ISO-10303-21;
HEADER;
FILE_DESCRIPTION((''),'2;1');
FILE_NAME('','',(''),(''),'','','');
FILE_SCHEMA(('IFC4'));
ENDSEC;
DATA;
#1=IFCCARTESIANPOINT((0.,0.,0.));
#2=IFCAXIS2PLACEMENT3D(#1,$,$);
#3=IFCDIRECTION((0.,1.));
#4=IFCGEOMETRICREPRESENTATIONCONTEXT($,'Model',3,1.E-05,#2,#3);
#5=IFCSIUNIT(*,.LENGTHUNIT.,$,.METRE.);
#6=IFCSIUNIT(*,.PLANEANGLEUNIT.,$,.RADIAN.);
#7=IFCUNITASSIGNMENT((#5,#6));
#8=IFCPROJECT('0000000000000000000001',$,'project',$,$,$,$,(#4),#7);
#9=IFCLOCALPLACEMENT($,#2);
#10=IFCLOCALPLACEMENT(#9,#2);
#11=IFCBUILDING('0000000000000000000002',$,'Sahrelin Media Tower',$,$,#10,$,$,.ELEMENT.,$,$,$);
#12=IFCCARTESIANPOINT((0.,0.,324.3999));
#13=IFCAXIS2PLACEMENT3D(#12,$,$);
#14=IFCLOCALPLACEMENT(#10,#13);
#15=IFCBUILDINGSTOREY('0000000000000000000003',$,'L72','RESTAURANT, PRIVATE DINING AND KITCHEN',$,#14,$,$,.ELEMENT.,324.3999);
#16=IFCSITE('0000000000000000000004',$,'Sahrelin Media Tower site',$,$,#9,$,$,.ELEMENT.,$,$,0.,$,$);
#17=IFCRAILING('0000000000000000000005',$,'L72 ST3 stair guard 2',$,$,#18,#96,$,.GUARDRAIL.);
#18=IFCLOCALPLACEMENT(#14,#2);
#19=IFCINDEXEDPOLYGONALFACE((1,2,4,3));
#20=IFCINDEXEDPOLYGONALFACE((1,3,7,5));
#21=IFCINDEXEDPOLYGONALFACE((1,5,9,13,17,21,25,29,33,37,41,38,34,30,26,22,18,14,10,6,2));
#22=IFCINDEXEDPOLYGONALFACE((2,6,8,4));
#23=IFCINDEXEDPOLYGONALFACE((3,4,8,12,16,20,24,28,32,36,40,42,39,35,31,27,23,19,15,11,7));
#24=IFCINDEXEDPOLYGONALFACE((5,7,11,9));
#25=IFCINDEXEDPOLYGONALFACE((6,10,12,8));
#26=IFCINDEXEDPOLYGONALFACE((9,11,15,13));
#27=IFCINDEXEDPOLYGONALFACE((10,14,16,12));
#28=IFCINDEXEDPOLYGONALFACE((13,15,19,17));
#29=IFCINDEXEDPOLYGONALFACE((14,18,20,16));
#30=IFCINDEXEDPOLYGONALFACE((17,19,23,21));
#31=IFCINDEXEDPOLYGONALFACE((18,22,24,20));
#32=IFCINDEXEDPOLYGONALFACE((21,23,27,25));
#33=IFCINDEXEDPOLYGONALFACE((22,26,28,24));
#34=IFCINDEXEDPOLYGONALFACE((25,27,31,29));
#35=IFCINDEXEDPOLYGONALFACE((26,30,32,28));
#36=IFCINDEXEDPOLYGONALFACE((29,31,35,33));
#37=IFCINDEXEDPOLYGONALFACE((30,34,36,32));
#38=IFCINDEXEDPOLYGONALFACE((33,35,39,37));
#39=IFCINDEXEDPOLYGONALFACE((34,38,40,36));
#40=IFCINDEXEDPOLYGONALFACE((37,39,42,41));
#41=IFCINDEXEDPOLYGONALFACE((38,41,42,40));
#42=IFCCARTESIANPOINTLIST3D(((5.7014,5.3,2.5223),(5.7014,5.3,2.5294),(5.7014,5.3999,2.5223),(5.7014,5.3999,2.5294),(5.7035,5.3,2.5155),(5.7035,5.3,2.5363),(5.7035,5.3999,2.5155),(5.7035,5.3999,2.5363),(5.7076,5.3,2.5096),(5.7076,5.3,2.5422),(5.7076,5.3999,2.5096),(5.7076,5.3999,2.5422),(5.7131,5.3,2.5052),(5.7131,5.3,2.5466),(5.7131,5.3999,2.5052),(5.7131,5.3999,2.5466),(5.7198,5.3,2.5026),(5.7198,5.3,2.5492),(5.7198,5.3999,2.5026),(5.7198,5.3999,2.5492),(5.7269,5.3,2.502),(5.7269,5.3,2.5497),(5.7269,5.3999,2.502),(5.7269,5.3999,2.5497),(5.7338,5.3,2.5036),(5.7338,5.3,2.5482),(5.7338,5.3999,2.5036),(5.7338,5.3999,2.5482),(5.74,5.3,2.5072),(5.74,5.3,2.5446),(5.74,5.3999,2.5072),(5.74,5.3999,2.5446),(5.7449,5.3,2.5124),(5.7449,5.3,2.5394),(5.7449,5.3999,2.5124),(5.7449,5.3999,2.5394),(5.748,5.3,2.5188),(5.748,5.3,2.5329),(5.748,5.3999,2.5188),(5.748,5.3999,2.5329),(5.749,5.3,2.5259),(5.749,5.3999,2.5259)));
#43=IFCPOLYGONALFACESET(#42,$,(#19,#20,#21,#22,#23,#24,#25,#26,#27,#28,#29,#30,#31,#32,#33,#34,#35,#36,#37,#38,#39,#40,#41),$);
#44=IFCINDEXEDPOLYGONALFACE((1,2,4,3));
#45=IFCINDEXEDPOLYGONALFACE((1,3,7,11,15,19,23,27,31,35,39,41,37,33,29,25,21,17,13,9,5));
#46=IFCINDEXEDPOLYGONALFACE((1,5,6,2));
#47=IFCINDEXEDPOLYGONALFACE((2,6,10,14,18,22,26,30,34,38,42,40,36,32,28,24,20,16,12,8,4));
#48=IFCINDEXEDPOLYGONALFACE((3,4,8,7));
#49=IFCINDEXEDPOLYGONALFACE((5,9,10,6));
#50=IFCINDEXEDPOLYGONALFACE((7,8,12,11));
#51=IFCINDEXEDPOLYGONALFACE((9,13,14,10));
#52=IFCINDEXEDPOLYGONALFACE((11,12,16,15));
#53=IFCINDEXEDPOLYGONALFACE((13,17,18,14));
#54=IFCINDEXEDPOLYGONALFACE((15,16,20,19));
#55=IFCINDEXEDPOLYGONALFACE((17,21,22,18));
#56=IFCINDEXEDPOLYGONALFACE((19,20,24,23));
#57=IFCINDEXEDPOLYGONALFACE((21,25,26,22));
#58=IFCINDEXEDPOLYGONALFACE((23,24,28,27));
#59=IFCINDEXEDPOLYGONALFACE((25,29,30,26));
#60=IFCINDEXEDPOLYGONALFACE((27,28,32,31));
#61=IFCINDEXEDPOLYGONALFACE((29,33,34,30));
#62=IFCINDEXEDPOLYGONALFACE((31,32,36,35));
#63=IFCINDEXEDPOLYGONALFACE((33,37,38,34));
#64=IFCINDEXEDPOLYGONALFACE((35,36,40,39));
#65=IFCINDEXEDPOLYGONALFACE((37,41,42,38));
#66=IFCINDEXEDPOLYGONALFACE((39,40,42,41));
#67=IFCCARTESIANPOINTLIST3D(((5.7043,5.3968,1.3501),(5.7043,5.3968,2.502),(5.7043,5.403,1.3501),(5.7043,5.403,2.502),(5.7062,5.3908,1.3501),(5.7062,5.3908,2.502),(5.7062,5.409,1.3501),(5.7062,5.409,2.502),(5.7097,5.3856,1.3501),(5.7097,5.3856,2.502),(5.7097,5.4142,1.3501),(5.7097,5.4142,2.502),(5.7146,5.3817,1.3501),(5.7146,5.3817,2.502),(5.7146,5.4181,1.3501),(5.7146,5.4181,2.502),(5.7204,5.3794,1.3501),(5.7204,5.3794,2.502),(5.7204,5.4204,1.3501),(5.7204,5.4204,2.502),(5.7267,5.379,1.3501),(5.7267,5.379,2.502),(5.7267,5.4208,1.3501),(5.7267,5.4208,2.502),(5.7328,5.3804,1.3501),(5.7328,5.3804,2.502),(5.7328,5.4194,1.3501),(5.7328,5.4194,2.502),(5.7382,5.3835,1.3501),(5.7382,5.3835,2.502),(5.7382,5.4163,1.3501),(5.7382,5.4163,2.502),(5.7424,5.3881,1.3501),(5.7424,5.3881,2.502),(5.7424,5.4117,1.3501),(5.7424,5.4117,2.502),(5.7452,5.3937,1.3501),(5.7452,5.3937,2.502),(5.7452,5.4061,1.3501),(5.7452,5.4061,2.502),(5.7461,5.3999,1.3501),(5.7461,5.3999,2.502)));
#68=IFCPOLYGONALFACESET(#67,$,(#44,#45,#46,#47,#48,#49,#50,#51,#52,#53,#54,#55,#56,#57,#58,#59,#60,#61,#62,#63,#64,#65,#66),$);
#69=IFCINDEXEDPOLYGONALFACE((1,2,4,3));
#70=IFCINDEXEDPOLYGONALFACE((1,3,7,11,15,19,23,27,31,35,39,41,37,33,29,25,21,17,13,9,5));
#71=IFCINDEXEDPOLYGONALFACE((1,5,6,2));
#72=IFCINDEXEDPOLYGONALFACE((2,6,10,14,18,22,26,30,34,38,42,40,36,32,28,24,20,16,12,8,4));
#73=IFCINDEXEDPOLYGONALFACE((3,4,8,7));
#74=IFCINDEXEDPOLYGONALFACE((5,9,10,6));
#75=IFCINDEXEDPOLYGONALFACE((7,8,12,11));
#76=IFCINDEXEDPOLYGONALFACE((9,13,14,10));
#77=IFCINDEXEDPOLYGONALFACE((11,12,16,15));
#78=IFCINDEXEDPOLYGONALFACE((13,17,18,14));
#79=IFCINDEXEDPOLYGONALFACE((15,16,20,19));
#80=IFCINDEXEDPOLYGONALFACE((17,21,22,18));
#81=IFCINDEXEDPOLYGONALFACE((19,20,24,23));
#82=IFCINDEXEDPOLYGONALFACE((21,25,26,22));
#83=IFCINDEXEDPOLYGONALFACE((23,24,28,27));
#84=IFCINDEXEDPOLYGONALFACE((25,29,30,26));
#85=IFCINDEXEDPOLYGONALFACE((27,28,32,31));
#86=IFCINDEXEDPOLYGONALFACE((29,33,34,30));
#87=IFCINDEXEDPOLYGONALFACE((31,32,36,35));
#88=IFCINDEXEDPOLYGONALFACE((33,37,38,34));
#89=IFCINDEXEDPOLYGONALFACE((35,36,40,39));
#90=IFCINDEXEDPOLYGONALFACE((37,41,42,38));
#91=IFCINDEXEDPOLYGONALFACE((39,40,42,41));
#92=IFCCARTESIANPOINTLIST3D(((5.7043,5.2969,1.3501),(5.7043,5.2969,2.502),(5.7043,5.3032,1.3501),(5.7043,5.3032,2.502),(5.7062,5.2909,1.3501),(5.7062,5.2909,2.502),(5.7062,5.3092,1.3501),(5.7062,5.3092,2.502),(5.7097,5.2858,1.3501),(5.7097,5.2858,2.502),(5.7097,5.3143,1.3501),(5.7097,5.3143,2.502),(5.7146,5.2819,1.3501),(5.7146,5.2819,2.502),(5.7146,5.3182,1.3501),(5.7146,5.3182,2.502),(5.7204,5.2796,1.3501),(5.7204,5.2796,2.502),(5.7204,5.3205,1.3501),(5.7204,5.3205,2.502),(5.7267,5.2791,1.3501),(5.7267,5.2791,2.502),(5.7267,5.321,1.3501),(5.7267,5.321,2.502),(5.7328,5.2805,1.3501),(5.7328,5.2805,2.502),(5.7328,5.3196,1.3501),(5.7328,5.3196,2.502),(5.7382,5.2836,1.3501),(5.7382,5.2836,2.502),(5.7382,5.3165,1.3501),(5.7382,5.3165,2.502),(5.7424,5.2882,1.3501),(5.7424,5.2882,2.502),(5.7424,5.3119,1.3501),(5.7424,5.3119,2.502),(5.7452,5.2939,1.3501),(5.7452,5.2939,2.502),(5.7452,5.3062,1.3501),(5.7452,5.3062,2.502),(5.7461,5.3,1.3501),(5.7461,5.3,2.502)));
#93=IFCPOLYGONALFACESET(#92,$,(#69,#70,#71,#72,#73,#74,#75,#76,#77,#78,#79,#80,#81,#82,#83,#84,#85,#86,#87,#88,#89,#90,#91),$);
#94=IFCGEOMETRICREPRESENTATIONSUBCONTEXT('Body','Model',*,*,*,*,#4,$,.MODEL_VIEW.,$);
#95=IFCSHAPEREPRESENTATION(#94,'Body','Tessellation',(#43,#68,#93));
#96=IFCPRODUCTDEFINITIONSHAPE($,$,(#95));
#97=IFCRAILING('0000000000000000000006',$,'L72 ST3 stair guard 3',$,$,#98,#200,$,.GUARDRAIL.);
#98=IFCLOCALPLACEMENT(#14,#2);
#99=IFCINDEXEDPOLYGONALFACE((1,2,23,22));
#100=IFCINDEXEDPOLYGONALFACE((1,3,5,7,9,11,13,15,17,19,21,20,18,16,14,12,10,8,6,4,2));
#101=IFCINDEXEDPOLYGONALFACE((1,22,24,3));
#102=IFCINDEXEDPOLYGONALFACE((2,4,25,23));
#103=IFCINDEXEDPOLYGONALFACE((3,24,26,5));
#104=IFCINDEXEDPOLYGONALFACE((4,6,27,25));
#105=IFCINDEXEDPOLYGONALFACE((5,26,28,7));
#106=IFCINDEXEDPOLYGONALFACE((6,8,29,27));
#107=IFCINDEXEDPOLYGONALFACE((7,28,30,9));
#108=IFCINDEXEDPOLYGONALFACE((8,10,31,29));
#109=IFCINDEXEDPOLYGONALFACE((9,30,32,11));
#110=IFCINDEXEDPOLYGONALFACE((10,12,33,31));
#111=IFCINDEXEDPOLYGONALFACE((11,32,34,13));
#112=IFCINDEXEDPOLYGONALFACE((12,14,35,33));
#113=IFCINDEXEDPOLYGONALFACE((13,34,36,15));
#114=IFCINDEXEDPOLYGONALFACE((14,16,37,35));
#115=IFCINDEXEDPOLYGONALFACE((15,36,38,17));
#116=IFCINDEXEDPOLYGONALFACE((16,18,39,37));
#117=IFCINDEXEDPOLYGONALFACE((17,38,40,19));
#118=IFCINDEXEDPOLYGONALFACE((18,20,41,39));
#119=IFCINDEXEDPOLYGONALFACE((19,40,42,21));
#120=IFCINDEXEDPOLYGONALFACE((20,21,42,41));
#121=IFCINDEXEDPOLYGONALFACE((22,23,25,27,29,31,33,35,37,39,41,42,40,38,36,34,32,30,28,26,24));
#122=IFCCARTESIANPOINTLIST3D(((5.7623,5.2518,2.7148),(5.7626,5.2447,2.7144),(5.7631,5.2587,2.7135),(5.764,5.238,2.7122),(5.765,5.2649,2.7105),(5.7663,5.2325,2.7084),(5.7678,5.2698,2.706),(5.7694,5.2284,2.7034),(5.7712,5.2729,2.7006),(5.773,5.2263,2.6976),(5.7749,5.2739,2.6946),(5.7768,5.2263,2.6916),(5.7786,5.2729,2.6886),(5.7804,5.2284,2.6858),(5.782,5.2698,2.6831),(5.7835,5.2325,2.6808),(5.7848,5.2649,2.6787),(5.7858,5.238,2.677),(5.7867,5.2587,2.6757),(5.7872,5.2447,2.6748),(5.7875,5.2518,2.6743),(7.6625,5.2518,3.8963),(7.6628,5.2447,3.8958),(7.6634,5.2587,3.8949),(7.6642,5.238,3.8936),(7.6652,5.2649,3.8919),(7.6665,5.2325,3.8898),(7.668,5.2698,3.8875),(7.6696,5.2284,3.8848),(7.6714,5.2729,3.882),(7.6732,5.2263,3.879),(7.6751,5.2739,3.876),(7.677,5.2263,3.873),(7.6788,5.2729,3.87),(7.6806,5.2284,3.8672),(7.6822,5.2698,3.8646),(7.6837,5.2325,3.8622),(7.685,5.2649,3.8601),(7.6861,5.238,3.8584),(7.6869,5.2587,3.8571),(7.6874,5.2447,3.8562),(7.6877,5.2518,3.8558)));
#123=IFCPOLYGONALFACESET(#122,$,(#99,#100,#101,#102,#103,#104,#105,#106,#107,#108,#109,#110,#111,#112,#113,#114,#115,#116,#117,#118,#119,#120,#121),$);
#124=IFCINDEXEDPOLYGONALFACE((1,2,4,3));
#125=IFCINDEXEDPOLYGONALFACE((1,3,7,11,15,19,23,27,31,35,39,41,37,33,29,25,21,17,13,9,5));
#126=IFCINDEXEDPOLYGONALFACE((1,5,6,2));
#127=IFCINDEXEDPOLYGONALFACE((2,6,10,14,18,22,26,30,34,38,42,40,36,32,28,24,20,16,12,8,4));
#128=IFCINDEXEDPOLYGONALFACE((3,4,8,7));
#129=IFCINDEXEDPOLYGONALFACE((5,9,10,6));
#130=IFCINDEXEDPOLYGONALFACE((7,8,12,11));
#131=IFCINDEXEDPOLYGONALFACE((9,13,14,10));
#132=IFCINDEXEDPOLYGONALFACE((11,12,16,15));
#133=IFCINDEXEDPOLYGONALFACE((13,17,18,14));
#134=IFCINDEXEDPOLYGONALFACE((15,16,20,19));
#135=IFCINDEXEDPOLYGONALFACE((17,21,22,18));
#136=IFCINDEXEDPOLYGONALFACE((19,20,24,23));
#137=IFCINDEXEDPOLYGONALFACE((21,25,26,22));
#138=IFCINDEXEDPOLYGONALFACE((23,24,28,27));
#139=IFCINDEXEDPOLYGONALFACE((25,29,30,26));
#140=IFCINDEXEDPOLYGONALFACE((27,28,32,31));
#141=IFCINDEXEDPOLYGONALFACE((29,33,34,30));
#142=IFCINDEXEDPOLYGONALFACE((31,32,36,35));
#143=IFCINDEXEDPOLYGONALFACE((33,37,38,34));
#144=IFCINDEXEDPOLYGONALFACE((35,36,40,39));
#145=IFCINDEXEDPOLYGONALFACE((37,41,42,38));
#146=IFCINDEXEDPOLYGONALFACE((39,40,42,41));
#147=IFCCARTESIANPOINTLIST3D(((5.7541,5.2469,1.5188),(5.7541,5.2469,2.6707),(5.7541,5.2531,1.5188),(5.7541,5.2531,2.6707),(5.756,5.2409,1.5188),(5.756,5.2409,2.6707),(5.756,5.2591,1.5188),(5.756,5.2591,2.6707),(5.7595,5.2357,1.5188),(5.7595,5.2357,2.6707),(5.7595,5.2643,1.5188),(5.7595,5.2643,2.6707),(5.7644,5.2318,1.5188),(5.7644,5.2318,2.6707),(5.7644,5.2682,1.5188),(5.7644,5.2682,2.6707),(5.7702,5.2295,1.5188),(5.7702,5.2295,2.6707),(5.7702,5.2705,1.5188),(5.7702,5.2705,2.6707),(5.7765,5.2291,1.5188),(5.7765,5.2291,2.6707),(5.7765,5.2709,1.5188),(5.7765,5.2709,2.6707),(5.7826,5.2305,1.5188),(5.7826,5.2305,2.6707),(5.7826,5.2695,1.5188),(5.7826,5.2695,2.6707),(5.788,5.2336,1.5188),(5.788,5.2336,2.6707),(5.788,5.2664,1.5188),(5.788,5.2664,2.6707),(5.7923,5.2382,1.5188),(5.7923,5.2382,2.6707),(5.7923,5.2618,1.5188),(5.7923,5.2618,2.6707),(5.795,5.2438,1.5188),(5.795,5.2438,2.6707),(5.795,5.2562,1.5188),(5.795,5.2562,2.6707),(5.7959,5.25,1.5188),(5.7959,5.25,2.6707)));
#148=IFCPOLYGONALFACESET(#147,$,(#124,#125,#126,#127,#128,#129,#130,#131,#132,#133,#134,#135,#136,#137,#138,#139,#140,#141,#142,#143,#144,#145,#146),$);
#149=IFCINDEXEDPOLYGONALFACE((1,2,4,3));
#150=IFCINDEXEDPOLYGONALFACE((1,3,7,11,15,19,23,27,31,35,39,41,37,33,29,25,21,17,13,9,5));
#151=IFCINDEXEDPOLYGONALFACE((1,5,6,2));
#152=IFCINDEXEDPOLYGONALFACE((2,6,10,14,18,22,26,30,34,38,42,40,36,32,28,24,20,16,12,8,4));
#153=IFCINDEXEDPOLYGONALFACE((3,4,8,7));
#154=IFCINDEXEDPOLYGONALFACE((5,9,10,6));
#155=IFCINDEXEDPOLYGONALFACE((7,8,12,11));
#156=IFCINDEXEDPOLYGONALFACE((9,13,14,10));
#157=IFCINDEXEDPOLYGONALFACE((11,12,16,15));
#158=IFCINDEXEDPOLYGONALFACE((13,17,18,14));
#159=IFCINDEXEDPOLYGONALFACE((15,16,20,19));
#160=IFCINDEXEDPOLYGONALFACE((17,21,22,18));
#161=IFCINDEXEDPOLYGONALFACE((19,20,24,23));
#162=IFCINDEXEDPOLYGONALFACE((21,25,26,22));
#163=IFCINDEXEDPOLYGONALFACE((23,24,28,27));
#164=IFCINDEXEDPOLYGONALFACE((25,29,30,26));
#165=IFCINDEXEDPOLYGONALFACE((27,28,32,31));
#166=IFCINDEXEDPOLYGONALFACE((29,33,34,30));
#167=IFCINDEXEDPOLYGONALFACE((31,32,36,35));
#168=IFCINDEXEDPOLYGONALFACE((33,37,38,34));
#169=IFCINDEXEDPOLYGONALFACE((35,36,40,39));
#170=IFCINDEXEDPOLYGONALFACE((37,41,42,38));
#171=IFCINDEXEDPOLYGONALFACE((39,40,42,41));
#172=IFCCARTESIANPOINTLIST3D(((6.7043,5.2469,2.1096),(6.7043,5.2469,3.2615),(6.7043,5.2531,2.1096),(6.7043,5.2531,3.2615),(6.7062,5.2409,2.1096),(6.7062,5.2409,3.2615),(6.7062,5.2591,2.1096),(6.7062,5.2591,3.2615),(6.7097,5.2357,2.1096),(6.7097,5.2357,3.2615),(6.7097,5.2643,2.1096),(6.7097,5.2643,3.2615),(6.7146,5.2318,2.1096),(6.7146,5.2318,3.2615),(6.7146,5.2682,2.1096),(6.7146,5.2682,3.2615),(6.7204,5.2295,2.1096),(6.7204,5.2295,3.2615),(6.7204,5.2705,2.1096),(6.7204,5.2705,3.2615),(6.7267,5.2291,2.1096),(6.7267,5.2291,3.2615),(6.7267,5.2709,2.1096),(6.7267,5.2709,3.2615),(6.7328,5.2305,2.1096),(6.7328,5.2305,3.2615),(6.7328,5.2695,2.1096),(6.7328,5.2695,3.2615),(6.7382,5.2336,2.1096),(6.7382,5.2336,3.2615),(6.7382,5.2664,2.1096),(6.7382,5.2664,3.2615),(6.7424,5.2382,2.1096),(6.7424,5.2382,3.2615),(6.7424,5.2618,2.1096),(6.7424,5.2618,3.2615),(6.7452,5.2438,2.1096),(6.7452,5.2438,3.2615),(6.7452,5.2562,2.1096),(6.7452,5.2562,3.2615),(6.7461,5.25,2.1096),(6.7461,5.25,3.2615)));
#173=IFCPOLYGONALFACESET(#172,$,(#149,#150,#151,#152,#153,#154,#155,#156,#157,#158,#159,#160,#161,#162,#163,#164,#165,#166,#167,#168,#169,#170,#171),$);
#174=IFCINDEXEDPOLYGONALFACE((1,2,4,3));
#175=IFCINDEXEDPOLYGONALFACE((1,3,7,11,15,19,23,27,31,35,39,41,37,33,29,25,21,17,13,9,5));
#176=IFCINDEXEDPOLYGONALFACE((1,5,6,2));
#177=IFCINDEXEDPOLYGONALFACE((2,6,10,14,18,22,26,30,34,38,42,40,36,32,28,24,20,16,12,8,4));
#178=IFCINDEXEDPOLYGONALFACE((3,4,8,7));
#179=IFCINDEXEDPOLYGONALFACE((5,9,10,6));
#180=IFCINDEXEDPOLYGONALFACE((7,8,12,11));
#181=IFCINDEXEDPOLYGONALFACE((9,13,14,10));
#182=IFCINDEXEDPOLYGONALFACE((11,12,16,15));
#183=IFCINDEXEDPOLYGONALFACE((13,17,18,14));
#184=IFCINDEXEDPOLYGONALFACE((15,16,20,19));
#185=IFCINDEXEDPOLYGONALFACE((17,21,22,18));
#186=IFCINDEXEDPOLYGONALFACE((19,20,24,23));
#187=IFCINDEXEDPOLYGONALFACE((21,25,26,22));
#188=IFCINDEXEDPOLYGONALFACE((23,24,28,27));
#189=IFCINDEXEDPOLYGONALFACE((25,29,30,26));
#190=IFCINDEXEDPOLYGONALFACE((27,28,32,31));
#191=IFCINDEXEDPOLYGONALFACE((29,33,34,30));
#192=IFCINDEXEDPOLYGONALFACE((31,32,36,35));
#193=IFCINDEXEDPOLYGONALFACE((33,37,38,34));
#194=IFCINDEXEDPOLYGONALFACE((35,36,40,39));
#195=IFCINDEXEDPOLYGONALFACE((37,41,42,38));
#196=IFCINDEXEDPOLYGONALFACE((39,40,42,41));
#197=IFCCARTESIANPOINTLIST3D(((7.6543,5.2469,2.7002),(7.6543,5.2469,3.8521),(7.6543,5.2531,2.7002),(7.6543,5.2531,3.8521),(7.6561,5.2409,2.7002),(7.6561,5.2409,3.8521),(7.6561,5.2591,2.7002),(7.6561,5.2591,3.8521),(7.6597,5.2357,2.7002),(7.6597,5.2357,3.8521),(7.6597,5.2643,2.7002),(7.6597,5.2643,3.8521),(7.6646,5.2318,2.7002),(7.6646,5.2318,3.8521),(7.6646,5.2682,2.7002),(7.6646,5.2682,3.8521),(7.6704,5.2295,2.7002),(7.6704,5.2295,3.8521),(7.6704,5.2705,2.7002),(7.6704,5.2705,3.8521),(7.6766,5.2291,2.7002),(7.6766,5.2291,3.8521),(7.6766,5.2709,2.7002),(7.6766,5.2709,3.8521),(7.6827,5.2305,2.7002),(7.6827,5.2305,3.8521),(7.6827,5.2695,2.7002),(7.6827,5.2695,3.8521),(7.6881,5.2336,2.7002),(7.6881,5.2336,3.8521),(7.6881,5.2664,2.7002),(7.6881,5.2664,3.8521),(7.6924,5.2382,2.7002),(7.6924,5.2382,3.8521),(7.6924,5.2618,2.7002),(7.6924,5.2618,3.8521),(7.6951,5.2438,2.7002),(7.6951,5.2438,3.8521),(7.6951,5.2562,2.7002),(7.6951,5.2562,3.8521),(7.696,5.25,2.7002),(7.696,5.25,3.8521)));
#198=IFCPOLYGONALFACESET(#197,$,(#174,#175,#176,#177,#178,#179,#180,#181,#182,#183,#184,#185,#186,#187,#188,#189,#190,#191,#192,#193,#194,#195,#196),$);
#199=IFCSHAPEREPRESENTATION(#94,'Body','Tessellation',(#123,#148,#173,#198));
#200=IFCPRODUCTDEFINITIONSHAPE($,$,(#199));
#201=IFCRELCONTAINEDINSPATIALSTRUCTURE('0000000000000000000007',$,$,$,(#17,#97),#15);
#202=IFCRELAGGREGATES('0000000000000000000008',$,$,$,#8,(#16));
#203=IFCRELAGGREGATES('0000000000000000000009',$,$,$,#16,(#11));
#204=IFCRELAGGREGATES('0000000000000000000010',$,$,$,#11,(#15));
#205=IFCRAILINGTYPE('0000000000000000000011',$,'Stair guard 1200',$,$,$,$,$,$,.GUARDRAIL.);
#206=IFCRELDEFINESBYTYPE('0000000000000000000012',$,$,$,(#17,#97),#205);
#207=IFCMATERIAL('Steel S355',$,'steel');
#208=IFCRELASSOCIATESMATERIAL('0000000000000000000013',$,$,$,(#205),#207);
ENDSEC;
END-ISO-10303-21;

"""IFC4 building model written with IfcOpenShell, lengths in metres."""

from ifc_helpers import new_model, si_unit, direction, frame, origin, origin_2d, place, context, subcontext, project, spatial, circle, extrude, material, type_object, element, save


model = new_model("IFC4")

# Units and contexts
model_context = context("Model", 3, precision=1e-05, world=origin(), true_north=direction((0.0, 1.0)))
body_context = subcontext(model_context, "Body", "Model", "MODEL_VIEW")
ifc_project = project(units=[si_unit("LENGTHUNIT", "METRE"), si_unit("PLANEANGLEUNIT", "RADIAN")], contexts=[model_context])

# Site, building, storey
site_placement = place(None, origin())
site = spatial("IfcSite", under=ifc_project, at=site_placement, Name="Sahrelin Media Tower site", CompositionType="ELEMENT", RefElevation=0.0)
building_placement = place(site_placement, origin())
building = spatial("IfcBuilding", under=site, at=building_placement, Name="Sahrelin Media Tower", CompositionType="ELEMENT")
storey_placement = place(building_placement, frame((0.0, 0.0, 324.3999)))
storey = spatial("IfcBuildingStorey", under=building, at=storey_placement, Name="L72", Description="RESTAURANT, PRIVATE DINING AND KITCHEN", CompositionType="ELEMENT", Elevation=324.3999)

# Railings
ifc_material_1 = material(Name="Steel S355", Category="steel")
railing_type_1 = type_object("IfcRailingType", Name="Stair guard 1200", PredefinedType="GUARDRAIL", material=ifc_material_1)
railing_1_placement = place(storey_placement, frame((5.7251, 5.3999, 1.3501)))
element("IfcRailing", 1, at=railing_1_placement, inside=storey, type_object=railing_type_1, Name="L72 ST3 stair guard 2", PredefinedType="GUARDRAIL", context=body_context, shape_type="SweptSolid", body=[
    extrude(circle(Radius=0.0239, at=origin_2d()), frame((0.0, 0.0, 1.1758), z_axis=(0.0, -1.0, 0.0), x_axis=(1.0, 0.0, 0.0)), (0.0, 0.0, 1.0), 0.0999),
    extrude(circle(Radius=0.021, at=origin_2d()), origin(), (0.0, 0.0, 1.0), 1.1519),
    extrude(circle(Radius=0.021, at=origin_2d()), frame((0.0, -0.0999, 0.0)), (0.0, 0.0, 1.0), 1.1519),
])
railing_2_placement = place(storey_placement, frame((5.7749, 5.25, 1.5188)))
element("IfcRailing", 2, at=railing_2_placement, inside=storey, type_object=railing_type_1, Name="L72 ST3 stair guard 3", PredefinedType="GUARDRAIL", context=body_context, shape_type="SweptSolid", body=[
    extrude(circle(Radius=0.0239, at=origin_2d()), frame((0.0, 0.0, 1.1758), z_axis=(0.84924, 0.0, 0.528006), x_axis=(0.0, 1.0, 0.0)), (0.0, 0.0, 1.0), 2.2375),
    extrude(circle(Radius=0.021, at=origin_2d()), origin(), (0.0, 0.0, 1.0), 1.1519),
    extrude(circle(Radius=0.021, at=origin_2d()), frame((0.9502, 0.0, 0.5908)), (0.0, 0.0, 1.0), 1.1519),
    extrude(circle(Radius=0.021, at=origin_2d()), frame((1.9001, 0.0, 1.1814)), (0.0, 0.0, 1.0), 1.1519),
])

save(model, "model.ifc")
